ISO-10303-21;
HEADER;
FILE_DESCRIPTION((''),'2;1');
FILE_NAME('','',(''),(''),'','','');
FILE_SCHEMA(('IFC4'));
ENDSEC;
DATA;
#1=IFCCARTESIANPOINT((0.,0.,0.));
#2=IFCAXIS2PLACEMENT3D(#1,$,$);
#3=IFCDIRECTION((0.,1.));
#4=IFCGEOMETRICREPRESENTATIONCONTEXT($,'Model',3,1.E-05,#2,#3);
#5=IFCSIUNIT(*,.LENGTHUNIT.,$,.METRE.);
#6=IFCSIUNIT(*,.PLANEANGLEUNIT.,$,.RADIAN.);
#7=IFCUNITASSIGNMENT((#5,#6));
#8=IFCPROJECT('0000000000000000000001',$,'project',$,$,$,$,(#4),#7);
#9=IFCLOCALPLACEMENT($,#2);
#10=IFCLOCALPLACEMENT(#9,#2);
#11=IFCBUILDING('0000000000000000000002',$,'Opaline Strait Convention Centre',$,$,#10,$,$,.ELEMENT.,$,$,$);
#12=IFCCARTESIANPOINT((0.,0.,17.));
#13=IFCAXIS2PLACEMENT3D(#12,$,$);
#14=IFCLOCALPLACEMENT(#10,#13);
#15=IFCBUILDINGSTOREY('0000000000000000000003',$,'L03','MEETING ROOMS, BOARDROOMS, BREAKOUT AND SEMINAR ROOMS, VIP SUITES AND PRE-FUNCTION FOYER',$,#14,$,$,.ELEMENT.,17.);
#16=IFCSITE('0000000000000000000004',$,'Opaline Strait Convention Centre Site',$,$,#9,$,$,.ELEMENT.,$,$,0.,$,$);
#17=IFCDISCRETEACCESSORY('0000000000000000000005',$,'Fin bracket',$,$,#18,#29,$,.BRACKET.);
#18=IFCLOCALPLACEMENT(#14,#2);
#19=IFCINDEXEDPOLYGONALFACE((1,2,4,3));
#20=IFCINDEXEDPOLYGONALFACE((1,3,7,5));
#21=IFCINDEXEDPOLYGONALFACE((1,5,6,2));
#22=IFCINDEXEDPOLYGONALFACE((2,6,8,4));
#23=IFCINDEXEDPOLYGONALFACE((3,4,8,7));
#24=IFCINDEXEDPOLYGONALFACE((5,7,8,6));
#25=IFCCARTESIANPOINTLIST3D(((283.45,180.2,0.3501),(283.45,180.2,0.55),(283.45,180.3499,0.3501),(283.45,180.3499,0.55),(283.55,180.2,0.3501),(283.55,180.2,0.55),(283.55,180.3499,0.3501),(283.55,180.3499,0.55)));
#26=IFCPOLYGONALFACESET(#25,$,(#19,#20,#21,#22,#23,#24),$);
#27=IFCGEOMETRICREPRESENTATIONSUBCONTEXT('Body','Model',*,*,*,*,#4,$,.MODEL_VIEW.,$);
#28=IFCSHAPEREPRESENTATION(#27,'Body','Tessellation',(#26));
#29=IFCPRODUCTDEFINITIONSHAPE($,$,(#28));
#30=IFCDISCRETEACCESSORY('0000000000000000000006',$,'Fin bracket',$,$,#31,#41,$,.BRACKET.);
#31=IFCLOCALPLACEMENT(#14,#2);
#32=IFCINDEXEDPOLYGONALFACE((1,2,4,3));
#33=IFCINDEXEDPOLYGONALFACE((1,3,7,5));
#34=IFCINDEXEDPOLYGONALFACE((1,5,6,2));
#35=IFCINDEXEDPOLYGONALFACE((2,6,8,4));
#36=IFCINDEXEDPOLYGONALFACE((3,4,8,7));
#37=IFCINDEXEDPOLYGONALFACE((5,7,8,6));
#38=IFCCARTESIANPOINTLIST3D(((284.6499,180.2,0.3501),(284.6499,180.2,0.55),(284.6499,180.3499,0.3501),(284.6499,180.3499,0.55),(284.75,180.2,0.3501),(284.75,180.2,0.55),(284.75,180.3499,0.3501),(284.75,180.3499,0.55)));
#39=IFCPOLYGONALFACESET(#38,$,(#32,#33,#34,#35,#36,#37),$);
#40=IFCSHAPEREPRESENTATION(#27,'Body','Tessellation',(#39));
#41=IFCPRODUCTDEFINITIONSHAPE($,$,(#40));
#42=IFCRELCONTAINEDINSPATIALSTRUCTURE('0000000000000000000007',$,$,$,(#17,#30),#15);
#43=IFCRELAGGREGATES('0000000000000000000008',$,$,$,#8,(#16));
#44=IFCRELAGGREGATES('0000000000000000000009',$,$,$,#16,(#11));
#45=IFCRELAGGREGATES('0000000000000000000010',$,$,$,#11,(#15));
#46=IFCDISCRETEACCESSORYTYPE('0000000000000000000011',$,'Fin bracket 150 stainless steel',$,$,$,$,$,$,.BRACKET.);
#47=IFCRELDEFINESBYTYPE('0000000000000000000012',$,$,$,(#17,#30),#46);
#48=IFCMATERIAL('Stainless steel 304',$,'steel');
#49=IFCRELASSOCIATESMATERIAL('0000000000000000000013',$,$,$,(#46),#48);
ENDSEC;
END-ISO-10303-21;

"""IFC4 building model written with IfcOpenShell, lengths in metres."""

from ifc_helpers import new_model, si_unit, direction, frame, origin, origin_2d, place, context, subcontext, project, spatial, rectangle, extrude, material, type_object, element, save


model = new_model("IFC4")

# Units and contexts
model_context = context("Model", 3, precision=1e-05, world=origin(), true_north=direction((0.0, 1.0)))
body_context = subcontext(model_context, "Body", "Model", "MODEL_VIEW")
ifc_project = project(units=[si_unit("LENGTHUNIT", "METRE"), si_unit("PLANEANGLEUNIT", "RADIAN")], contexts=[model_context])

# Site, building, storey
site_placement = place(None, origin())
site = spatial("IfcSite", under=ifc_project, at=site_placement, Name="Opaline Strait Convention Centre Site", CompositionType="ELEMENT", RefElevation=0.0)
building_placement = place(site_placement, origin())
building = spatial("IfcBuilding", under=site, at=building_placement, Name="Opaline Strait Convention Centre", CompositionType="ELEMENT")
storey_placement = place(building_placement, frame((0.0, 0.0, 17.0)))
storey = spatial("IfcBuildingStorey", under=building, at=storey_placement, Name="L03", Description="MEETING ROOMS, BOARDROOMS, BREAKOUT AND SEMINAR ROOMS, VIP SUITES AND PRE-FUNCTION FOYER", CompositionType="ELEMENT", Elevation=17.0)

# Discrete accessories
ifc_material_1 = material(Name="Stainless steel 304", Category="steel")
discrete_accessory_type = type_object("IfcDiscreteAccessoryType", Name="Fin bracket 150 stainless steel", PredefinedType="BRACKET", material=ifc_material_1)
for number, where, z_axis, x_axis, name in (
    (1, (283.5, 180.2749, 0.3501), (0.0, 0.0, 1.0), (1.0, 0.0, 0.0), "Fin bracket"),
    (2, (284.7, 180.2749, 0.3501), (0.0, 0.0, 1.0), (1.0, 0.0, 0.0), "Fin bracket"),
):
    element("IfcDiscreteAccessory", number, at=place(storey_placement, frame(where, z_axis=z_axis, x_axis=x_axis)), inside=storey, type_object=discrete_accessory_type, Name=name, PredefinedType="BRACKET", context=body_context, shape_type="SweptSolid", body=[
        extrude(rectangle(XDim=0.1001, YDim=0.1499, at=origin_2d()), origin(), (0.0, 0.0, 1.0), 0.2),
    ])

save(model, "model.ifc")
